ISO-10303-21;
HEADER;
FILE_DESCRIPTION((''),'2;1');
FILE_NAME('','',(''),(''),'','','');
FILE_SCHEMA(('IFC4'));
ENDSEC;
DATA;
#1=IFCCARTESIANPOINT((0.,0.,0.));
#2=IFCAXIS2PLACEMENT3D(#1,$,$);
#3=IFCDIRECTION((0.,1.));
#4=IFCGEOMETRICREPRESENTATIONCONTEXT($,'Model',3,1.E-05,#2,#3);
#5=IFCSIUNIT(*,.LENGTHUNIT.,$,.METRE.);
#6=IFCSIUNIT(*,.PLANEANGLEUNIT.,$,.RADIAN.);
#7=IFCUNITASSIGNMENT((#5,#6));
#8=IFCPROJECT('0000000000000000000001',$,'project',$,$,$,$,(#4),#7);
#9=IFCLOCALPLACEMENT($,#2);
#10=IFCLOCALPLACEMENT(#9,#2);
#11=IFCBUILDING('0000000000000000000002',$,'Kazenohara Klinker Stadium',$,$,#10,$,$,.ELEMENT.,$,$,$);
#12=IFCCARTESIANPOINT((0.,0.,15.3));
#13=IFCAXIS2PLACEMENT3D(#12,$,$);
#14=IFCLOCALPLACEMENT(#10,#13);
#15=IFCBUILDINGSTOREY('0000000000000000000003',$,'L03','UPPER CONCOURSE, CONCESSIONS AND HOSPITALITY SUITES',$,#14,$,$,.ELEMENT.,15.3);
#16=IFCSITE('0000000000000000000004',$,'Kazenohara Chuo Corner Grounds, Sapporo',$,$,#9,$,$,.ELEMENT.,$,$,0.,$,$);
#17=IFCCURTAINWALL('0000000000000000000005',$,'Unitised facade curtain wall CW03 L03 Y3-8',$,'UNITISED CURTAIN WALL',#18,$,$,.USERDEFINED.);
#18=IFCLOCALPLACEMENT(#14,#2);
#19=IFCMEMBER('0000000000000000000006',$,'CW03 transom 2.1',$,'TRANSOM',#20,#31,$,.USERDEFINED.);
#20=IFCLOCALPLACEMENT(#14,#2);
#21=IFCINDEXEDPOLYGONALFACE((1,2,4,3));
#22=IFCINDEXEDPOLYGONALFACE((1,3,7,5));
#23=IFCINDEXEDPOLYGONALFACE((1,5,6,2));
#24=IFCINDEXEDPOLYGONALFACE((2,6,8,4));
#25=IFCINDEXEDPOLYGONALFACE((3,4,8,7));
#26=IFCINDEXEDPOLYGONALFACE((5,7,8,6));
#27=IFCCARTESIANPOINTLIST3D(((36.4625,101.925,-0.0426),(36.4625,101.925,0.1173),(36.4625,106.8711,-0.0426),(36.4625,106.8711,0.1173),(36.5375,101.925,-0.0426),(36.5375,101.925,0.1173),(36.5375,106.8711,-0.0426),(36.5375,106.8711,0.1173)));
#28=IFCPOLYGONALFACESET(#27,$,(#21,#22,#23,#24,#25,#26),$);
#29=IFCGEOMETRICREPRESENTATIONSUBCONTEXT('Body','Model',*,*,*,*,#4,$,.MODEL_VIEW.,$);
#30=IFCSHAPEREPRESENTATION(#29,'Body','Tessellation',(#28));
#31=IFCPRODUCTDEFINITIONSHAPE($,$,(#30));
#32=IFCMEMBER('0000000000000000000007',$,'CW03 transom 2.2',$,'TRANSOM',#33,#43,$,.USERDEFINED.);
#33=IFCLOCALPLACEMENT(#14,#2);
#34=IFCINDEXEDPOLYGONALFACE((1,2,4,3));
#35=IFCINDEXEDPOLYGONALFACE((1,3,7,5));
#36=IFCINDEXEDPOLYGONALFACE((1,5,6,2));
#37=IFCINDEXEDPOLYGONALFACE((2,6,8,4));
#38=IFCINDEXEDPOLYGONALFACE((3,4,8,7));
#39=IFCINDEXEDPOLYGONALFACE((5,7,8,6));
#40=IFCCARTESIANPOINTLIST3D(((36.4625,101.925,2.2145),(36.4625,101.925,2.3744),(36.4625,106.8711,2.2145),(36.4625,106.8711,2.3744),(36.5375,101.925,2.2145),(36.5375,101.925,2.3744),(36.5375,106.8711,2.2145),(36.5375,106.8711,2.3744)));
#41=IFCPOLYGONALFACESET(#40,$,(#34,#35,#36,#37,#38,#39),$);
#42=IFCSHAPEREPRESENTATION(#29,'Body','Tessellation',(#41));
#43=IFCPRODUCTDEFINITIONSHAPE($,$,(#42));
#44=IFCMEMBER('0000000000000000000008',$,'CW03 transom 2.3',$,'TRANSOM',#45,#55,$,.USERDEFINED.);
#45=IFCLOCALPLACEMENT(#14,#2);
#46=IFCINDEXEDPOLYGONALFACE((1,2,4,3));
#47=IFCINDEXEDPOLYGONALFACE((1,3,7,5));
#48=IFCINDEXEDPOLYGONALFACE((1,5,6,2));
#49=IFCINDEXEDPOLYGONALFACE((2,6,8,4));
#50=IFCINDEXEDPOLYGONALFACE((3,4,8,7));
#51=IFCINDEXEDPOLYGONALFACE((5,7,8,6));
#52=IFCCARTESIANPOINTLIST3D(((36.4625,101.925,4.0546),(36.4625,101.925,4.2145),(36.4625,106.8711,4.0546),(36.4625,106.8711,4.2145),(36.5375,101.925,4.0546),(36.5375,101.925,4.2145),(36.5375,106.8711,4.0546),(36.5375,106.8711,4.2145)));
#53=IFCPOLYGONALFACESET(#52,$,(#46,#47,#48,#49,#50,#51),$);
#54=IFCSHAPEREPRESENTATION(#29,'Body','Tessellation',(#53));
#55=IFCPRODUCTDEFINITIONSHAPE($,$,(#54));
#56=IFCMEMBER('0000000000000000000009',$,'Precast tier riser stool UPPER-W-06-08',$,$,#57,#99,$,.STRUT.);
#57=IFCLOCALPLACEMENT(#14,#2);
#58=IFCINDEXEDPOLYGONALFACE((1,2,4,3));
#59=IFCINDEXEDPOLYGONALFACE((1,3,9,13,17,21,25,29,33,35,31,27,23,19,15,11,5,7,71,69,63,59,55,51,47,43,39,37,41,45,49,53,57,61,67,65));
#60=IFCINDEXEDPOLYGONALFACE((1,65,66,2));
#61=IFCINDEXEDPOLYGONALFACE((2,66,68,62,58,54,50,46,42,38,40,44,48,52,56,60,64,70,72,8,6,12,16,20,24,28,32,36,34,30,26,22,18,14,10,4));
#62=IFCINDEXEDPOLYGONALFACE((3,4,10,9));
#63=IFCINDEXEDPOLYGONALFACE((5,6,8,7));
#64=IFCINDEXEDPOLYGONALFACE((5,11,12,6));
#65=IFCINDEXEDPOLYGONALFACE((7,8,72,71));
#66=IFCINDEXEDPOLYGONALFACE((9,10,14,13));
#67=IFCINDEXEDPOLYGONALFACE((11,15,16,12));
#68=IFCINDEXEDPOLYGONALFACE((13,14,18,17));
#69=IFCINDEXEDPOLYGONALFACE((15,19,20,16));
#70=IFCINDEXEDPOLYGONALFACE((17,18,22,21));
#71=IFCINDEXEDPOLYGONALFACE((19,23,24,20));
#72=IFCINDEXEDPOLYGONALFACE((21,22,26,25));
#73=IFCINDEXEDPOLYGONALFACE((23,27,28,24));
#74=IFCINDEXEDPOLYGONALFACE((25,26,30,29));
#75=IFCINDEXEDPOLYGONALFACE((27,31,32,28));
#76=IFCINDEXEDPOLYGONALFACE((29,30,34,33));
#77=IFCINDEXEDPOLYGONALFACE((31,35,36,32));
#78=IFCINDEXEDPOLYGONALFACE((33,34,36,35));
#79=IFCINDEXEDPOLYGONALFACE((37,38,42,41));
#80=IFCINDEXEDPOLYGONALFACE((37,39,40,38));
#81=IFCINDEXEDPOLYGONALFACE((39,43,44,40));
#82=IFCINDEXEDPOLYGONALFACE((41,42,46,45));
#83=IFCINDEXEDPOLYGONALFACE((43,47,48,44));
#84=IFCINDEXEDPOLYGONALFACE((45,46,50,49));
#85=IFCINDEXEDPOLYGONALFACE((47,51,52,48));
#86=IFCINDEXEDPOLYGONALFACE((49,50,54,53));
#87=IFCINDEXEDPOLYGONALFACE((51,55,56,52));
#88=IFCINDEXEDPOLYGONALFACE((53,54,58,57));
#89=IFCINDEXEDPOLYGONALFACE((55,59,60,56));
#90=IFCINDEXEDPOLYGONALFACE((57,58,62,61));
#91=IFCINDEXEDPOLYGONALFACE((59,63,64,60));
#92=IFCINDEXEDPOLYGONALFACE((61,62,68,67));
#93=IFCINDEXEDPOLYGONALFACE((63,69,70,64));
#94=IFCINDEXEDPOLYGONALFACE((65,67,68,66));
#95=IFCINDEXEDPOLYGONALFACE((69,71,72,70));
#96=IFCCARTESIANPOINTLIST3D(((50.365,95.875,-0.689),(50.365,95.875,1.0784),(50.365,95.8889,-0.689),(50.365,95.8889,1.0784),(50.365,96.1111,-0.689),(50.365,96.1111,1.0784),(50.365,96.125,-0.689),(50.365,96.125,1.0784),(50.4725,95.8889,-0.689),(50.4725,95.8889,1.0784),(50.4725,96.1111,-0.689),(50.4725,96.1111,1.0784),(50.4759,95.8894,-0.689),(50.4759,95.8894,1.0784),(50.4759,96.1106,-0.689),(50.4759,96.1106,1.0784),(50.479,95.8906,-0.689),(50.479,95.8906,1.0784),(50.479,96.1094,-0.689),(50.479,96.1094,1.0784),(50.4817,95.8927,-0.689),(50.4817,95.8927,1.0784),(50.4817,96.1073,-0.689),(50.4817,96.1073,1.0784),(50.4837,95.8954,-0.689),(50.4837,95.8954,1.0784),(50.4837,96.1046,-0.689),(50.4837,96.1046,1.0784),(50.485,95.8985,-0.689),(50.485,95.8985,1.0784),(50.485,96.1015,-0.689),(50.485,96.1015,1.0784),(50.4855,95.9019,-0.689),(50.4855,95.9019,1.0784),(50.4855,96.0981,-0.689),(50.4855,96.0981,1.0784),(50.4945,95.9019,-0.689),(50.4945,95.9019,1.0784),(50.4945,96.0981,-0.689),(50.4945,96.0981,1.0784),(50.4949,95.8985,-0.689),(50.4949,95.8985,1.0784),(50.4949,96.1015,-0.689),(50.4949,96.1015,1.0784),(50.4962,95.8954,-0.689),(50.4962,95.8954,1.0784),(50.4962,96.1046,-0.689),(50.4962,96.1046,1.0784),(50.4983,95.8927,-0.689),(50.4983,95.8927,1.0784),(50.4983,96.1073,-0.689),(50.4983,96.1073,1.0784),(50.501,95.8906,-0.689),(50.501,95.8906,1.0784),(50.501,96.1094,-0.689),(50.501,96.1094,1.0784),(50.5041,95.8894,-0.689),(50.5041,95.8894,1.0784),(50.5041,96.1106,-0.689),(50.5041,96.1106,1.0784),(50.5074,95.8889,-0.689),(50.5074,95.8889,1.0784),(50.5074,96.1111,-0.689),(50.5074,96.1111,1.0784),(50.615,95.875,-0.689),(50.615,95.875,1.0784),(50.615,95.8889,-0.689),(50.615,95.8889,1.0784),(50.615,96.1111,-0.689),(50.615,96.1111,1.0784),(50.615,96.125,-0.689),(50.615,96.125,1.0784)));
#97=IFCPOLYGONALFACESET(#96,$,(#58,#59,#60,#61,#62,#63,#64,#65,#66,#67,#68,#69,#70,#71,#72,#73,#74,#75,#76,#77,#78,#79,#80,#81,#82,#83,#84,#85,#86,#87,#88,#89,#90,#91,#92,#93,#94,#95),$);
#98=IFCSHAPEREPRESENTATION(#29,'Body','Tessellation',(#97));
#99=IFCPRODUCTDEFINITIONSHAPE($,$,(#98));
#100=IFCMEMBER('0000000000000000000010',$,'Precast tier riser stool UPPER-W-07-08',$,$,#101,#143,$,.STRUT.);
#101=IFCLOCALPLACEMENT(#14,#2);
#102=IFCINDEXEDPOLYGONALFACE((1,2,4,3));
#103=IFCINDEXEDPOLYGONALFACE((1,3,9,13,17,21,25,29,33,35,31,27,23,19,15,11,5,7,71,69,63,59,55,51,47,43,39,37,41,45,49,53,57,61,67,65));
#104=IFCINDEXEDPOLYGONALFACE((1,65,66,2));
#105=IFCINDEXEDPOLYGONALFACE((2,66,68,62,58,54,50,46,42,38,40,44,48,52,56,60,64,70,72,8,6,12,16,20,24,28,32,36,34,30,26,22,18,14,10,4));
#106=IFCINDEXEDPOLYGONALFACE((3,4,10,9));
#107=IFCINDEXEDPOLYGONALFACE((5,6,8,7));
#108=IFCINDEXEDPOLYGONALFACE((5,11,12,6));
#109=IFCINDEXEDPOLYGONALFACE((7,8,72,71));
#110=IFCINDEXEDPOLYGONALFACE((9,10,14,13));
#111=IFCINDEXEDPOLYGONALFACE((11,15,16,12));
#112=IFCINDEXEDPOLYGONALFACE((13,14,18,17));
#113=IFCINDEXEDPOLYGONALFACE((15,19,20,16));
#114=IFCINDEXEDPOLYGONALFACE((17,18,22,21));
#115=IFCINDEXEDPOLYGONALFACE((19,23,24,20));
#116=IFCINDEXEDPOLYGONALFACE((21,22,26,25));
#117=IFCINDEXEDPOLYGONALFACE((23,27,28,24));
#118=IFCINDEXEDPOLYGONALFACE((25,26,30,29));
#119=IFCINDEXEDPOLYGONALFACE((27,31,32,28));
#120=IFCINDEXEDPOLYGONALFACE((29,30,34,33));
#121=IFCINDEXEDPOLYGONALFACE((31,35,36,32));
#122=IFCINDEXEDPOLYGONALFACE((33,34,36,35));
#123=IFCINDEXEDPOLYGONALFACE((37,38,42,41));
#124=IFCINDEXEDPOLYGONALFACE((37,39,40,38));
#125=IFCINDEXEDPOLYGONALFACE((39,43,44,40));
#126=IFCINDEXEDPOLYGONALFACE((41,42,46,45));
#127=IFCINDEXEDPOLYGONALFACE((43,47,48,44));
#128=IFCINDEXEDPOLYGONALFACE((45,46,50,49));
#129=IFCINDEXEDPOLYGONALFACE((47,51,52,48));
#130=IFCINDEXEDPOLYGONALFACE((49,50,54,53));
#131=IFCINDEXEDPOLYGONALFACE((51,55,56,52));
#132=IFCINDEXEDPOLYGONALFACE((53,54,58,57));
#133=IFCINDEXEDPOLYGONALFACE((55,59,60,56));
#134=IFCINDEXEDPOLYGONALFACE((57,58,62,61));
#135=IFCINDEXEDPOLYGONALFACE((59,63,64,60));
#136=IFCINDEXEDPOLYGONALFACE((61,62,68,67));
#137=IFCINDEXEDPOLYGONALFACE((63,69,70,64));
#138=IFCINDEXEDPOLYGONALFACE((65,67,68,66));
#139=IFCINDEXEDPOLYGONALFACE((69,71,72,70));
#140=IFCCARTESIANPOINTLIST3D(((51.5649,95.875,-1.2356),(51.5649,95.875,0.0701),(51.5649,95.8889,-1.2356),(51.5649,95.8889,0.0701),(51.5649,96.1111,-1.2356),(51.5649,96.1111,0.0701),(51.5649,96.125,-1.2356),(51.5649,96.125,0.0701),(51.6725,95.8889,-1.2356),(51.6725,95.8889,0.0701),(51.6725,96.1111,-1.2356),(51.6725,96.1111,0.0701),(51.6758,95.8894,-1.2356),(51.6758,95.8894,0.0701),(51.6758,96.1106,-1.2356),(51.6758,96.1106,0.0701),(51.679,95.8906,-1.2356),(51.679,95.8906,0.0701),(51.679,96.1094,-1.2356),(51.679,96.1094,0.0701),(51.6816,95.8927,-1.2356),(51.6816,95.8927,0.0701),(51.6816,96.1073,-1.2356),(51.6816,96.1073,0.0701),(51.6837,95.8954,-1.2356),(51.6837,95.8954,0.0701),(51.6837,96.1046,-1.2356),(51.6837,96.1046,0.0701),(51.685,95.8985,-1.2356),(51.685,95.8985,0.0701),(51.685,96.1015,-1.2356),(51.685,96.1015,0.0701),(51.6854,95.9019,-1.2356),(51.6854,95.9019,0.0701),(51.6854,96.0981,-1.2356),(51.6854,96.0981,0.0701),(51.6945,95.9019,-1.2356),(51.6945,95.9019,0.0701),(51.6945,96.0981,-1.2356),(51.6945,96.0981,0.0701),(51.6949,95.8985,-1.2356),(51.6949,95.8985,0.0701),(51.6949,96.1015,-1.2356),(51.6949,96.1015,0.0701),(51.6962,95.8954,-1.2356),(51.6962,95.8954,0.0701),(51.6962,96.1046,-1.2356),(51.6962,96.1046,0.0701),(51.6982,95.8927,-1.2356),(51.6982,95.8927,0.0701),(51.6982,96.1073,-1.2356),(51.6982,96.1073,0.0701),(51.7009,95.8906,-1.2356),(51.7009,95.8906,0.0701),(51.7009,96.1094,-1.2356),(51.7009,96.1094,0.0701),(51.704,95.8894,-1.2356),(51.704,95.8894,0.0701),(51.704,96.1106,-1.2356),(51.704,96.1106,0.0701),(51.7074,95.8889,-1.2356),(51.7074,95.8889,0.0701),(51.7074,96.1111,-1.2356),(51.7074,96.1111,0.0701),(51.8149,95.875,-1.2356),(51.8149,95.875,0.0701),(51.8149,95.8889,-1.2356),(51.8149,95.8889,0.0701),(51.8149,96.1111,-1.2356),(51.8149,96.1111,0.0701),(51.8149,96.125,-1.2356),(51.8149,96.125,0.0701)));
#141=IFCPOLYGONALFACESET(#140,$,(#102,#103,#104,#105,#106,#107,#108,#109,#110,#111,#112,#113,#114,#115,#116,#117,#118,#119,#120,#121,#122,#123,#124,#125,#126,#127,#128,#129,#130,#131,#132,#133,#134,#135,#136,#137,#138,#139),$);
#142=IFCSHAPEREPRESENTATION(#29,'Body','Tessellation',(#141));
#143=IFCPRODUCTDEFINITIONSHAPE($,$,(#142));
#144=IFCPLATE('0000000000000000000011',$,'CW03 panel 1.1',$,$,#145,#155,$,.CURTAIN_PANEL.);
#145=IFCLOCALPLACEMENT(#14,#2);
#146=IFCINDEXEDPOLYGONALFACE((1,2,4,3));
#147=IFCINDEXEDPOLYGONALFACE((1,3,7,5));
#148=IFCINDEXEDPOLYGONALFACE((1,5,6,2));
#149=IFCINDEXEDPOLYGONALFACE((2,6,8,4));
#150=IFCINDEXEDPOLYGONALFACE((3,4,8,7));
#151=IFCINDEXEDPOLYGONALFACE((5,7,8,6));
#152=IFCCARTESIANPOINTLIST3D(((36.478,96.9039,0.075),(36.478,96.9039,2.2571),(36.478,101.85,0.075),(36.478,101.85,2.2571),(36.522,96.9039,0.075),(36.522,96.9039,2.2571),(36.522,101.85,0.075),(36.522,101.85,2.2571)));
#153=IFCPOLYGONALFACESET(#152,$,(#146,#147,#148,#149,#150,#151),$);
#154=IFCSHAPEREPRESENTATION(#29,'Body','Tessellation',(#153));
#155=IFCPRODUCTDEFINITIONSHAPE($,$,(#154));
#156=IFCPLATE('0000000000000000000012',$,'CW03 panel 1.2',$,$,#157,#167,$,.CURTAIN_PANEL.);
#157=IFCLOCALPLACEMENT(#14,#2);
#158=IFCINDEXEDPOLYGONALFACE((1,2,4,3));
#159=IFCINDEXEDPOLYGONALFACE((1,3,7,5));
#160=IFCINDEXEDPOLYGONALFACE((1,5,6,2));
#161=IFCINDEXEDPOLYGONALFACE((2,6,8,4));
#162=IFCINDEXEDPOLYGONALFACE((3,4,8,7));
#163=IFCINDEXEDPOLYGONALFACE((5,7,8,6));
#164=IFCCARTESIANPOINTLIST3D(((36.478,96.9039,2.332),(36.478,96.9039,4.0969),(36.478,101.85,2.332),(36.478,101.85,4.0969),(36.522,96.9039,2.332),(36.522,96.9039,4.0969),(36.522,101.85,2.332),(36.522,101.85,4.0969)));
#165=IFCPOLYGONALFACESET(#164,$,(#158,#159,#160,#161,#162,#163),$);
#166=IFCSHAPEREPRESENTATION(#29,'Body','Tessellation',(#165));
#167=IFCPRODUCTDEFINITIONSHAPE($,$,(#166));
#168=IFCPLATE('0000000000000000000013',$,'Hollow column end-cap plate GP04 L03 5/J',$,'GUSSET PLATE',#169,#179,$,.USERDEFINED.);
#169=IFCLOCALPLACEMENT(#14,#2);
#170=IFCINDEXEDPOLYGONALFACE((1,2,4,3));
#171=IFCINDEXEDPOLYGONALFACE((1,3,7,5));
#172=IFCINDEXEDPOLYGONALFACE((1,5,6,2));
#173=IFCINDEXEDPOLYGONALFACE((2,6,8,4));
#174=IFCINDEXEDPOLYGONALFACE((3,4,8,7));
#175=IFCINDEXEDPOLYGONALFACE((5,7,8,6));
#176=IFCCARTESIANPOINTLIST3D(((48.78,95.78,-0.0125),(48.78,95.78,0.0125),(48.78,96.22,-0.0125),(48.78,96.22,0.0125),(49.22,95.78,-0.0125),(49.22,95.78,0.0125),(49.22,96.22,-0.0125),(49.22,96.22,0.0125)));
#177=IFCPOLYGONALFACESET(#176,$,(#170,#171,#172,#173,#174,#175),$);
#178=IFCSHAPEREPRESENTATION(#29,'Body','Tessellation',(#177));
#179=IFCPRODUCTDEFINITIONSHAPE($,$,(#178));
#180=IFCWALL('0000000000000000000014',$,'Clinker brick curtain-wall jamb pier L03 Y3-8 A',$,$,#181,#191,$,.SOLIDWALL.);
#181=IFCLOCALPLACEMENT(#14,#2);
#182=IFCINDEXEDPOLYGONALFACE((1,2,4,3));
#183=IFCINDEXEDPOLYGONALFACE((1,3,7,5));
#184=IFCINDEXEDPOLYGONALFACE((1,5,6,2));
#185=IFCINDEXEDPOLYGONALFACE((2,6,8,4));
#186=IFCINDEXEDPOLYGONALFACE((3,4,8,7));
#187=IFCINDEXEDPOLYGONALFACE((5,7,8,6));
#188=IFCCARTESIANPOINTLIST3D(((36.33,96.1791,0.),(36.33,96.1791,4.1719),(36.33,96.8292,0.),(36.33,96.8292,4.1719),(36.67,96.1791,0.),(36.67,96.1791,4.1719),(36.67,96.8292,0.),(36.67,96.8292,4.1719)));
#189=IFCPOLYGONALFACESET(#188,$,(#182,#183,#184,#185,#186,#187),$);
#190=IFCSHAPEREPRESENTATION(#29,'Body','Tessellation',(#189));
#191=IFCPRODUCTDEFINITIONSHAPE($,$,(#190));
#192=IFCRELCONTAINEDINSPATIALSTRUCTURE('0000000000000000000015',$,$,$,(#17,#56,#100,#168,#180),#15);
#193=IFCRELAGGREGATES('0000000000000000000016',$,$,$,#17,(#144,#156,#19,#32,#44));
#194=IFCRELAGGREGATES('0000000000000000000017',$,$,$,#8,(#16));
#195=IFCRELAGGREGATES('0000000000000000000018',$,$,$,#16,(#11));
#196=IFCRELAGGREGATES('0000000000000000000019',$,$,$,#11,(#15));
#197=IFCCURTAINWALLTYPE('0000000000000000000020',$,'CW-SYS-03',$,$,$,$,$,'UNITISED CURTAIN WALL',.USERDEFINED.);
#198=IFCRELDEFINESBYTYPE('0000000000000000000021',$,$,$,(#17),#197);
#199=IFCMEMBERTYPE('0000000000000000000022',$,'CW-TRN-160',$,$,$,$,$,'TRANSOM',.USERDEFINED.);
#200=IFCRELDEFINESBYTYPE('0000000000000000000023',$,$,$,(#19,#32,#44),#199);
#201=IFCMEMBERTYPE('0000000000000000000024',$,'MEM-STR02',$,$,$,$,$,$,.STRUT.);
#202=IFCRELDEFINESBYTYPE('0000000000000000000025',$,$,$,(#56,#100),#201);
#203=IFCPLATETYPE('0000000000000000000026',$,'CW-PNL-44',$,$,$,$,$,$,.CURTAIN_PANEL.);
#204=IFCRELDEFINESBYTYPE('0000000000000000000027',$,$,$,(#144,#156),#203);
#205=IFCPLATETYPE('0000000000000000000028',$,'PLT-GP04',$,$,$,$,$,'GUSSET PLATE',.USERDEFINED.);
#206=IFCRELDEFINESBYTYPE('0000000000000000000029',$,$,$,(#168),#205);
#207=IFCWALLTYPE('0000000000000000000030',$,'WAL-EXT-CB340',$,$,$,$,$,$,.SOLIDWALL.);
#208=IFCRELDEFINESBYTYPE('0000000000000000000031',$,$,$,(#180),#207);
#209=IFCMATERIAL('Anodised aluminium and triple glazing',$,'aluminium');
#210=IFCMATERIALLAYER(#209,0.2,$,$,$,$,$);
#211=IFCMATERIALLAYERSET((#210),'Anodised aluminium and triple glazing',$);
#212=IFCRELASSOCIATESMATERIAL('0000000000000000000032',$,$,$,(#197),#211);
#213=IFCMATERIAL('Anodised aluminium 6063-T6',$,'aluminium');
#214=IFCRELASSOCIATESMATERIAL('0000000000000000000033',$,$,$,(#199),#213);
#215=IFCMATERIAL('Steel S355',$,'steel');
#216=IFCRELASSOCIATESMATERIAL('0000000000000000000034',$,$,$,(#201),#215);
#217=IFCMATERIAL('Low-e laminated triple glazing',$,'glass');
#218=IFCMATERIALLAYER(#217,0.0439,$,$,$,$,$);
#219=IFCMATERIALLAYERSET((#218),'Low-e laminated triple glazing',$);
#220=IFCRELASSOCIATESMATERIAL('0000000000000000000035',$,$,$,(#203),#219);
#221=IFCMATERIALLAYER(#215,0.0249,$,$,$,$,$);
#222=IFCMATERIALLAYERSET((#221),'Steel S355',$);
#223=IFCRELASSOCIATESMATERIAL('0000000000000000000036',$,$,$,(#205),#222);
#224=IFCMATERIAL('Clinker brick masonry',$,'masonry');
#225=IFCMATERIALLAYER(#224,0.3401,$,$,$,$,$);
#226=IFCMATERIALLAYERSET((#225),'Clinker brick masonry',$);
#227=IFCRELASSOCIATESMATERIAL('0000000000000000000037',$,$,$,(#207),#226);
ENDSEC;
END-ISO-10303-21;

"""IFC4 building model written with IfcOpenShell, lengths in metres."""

from ifc_helpers import new_model, si_unit, direction, frame, frame_2d, origin, origin_2d, place, context, subcontext, project, spatial, rectangle, i_section, extrude, material, layer, layer_set, material_profile, profile_set, type_object, element, aggregate, save


model = new_model("IFC4")

# Units and contexts
model_context = context("Model", 3, precision=1e-05, world=origin(), true_north=direction((0.0, 1.0)))
body_context = subcontext(model_context, "Body", "Model", "MODEL_VIEW")
ifc_project = project(units=[si_unit("LENGTHUNIT", "METRE"), si_unit("PLANEANGLEUNIT", "RADIAN")], contexts=[model_context])

# Site, building, storey
site_placement = place(None, origin())
site = spatial("IfcSite", under=ifc_project, at=site_placement, Name="Kazenohara Chuo Corner Grounds, Sapporo", CompositionType="ELEMENT", RefElevation=0.0)
building_placement = place(site_placement, origin())
building = spatial("IfcBuilding", under=site, at=building_placement, Name="Kazenohara Klinker Stadium", CompositionType="ELEMENT")
storey_placement = place(building_placement, frame((0.0, 0.0, 15.3)))
storey = spatial("IfcBuildingStorey", under=building, at=storey_placement, Name="L03", Description="UPPER CONCOURSE, CONCESSIONS AND HOSPITALITY SUITES", CompositionType="ELEMENT", Elevation=15.3)

# Shared definitions
ifc_material_1 = material(Name="Steel S355", Category="steel")

# Curtain wall, members
ifc_material_2 = material(Name="Anodised aluminium and triple glazing", Category="aluminium")
ifc_layer_1 = layer(ifc_material_2, 0.2)
ifc_layer_set_1 = layer_set([ifc_layer_1], Name="Anodised aluminium and triple glazing")
curtain_wall_type = type_object("IfcCurtainWallType", Name="CW-SYS-03", ElementType="UNITISED CURTAIN WALL", PredefinedType="USERDEFINED", material=ifc_layer_set_1)
curtain_wall_placement = place(storey_placement, origin())
curtain_wall = element("IfcCurtainWall", 1, at=curtain_wall_placement, inside=storey, type_object=curtain_wall_type, Name="Unitised facade curtain wall CW03 L03 Y3-8", ObjectType="UNITISED CURTAIN WALL", PredefinedType="USERDEFINED")
ifc_material_3 = material(Name="Anodised aluminium 6063-T6", Category="aluminium")
ifc_material_profile_1 = material_profile(ifc_material_3, rectangle(XDim=0.075, YDim=0.1599, at=origin_2d()), Name="ALU-TRN-75x160")
ifc_profile_set_1 = profile_set([ifc_material_profile_1], Name="Anodised aluminium 6063-T6")
member_type_1 = type_object("IfcMemberType", Name="CW-TRN-160", ElementType="TRANSOM", PredefinedType="USERDEFINED", material=ifc_profile_set_1)
member_1_placement = place(storey_placement, frame((36.5, 101.925, 0.0374), z_axis=(0.0, 1.0, 0.0), x_axis=(-1.0, 0.0, 0.0)))
member_1 = element("IfcMember", 2, at=member_1_placement, type_object=member_type_1, Name="CW03 transom 2.1", ObjectType="TRANSOM", PredefinedType="USERDEFINED", context=body_context, shape_type="SweptSolid", body=[
    extrude(rectangle(XDim=0.075, YDim=0.1599, at=origin_2d()), origin(), (0.0, 0.0, 1.0), 4.946),
])
member_2_placement = place(storey_placement, frame((36.5, 101.925, 2.2944), z_axis=(0.0, 1.0, 0.0), x_axis=(-1.0, 0.0, 0.0)))
member_2 = element("IfcMember", 3, at=member_2_placement, type_object=member_type_1, Name="CW03 transom 2.2", ObjectType="TRANSOM", PredefinedType="USERDEFINED", context=body_context, shape_type="SweptSolid", body=[
    extrude(rectangle(XDim=0.075, YDim=0.1599, at=origin_2d()), origin(), (0.0, 0.0, 1.0), 4.946),
])
member_3_placement = place(storey_placement, frame((36.5, 101.925, 4.1345), z_axis=(0.0, 1.0, 0.0), x_axis=(-1.0, 0.0, 0.0)))
member_3 = element("IfcMember", 4, at=member_3_placement, type_object=member_type_1, Name="CW03 transom 2.3", ObjectType="TRANSOM", PredefinedType="USERDEFINED", context=body_context, shape_type="SweptSolid", body=[
    extrude(rectangle(XDim=0.075, YDim=0.1599, at=origin_2d()), origin(), (0.0, 0.0, 1.0), 4.946),
])

# Members
ifc_material_profile_2 = material_profile(ifc_material_1, i_section(OverallWidth=0.25, OverallDepth=0.25, WebThickness=0.009, FlangeThickness=0.0139, FilletRadius=0.0129, at=origin_2d()), Name="H-250x250x9x14")
ifc_profile_set_2 = profile_set([ifc_material_profile_2], Name="Steel S355")
member_type_2 = type_object("IfcMemberType", Name="MEM-STR02", PredefinedType="STRUT", material=ifc_profile_set_2)
member_4_placement = place(storey_placement, frame((50.49, 96.0, -0.689), z_axis=(0.0, 0.0, 1.0), x_axis=(1.0, 0.0, 0.0)))
element("IfcMember", 5, at=member_4_placement, inside=storey, type_object=member_type_2, Name="Precast tier riser stool UPPER-W-06-08", PredefinedType="STRUT", context=body_context, shape_type="SweptSolid", body=[
    extrude(i_section(OverallWidth=0.25, OverallDepth=0.25, WebThickness=0.009, FlangeThickness=0.0139, FilletRadius=0.0129, at=origin_2d()), origin(), (0.0, 0.0, 1.0), 1.7673),
])
member_5_placement = place(storey_placement, frame((51.6899, 96.0, -1.2356), z_axis=(0.0, 0.0, 1.0), x_axis=(1.0, 0.0, 0.0)))
element("IfcMember", 6, at=member_5_placement, inside=storey, type_object=member_type_2, Name="Precast tier riser stool UPPER-W-07-08", PredefinedType="STRUT", context=body_context, shape_type="SweptSolid", body=[
    extrude(i_section(OverallWidth=0.25, OverallDepth=0.25, WebThickness=0.009, FlangeThickness=0.0139, FilletRadius=0.0129, at=origin_2d()), origin(), (0.0, 0.0, 1.0), 1.3057),
])

# Plates
ifc_material_4 = material(Name="Low-e laminated triple glazing", Category="glass")
ifc_layer_2 = layer(ifc_material_4, 0.0439)
ifc_layer_set_2 = layer_set([ifc_layer_2], Name="Low-e laminated triple glazing")
plate_type_1 = type_object("IfcPlateType", Name="CW-PNL-44", PredefinedType="CURTAIN_PANEL", material=ifc_layer_set_2)
plate_1_placement = place(storey_placement, frame((36.5, 99.377, 0.075), z_axis=(0.0, 0.0, 1.0), x_axis=(0.0, 1.0, 0.0)))
plate_1 = element("IfcPlate", 7, at=plate_1_placement, type_object=plate_type_1, Name="CW03 panel 1.1", PredefinedType="CURTAIN_PANEL", context=body_context, shape_type="SweptSolid", body=[
    extrude(rectangle(XDim=4.946, YDim=0.0439, at=origin_2d()), origin(), (0.0, 0.0, 1.0), 2.1821),
])
plate_2_placement = place(storey_placement, frame((36.5, 99.377, 2.332), z_axis=(0.0, 0.0, 1.0), x_axis=(0.0, 1.0, 0.0)))
plate_2 = element("IfcPlate", 8, at=plate_2_placement, type_object=plate_type_1, Name="CW03 panel 1.2", PredefinedType="CURTAIN_PANEL", context=body_context, shape_type="SweptSolid", body=[
    extrude(rectangle(XDim=4.946, YDim=0.0439, at=origin_2d()), origin(), (0.0, 0.0, 1.0), 1.7649),
])
aggregate(curtain_wall, [plate_1, plate_2, member_1, member_2, member_3])
ifc_layer_3 = layer(ifc_material_1, 0.0249)
ifc_layer_set_3 = layer_set([ifc_layer_3], Name="Steel S355")
plate_type_2 = type_object("IfcPlateType", Name="PLT-GP04", ElementType="GUSSET PLATE", PredefinedType="USERDEFINED", material=ifc_layer_set_3)
plate_3_placement = place(storey_placement, frame((49.0, 96.0, -0.0125), z_axis=(0.0, 0.0, 1.0), x_axis=(1.0, 0.0, 0.0)))
element("IfcPlate", 9, at=plate_3_placement, inside=storey, type_object=plate_type_2, Name="Hollow column end-cap plate GP04 L03 5/J", ObjectType="GUSSET PLATE", PredefinedType="USERDEFINED", context=body_context, shape_type="SweptSolid", body=[
    extrude(rectangle(XDim=0.4399, YDim=0.4399, at=origin_2d()), origin(), (0.0, 0.0, 1.0), 0.0249),
])

# Wall
ifc_material_5 = material(Name="Clinker brick masonry", Category="masonry")
ifc_layer_4 = layer(ifc_material_5, 0.3401)
ifc_layer_set_4 = layer_set([ifc_layer_4], Name="Clinker brick masonry")
wall_type_1 = type_object("IfcWallType", Name="WAL-EXT-CB340", PredefinedType="SOLIDWALL", material=ifc_layer_set_4)
wall_1_placement = place(storey_placement, frame((36.5, 96.179, 0.0), z_axis=(0.0, 0.0, 1.0), x_axis=(0.0, 1.0, 0.0)))
element("IfcWall", 10, at=wall_1_placement, inside=storey, type_object=wall_type_1, Name="Clinker brick curtain-wall jamb pier L03 Y3-8 A", PredefinedType="SOLIDWALL", context=body_context, shape_type="SweptSolid", body=[
    extrude(rectangle(XDim=0.6501, YDim=0.3401, at=frame_2d((0.3252, 0.0))), origin(), (0.0, 0.0, 1.0), 4.1719),
])

save(model, "model.ifc")
